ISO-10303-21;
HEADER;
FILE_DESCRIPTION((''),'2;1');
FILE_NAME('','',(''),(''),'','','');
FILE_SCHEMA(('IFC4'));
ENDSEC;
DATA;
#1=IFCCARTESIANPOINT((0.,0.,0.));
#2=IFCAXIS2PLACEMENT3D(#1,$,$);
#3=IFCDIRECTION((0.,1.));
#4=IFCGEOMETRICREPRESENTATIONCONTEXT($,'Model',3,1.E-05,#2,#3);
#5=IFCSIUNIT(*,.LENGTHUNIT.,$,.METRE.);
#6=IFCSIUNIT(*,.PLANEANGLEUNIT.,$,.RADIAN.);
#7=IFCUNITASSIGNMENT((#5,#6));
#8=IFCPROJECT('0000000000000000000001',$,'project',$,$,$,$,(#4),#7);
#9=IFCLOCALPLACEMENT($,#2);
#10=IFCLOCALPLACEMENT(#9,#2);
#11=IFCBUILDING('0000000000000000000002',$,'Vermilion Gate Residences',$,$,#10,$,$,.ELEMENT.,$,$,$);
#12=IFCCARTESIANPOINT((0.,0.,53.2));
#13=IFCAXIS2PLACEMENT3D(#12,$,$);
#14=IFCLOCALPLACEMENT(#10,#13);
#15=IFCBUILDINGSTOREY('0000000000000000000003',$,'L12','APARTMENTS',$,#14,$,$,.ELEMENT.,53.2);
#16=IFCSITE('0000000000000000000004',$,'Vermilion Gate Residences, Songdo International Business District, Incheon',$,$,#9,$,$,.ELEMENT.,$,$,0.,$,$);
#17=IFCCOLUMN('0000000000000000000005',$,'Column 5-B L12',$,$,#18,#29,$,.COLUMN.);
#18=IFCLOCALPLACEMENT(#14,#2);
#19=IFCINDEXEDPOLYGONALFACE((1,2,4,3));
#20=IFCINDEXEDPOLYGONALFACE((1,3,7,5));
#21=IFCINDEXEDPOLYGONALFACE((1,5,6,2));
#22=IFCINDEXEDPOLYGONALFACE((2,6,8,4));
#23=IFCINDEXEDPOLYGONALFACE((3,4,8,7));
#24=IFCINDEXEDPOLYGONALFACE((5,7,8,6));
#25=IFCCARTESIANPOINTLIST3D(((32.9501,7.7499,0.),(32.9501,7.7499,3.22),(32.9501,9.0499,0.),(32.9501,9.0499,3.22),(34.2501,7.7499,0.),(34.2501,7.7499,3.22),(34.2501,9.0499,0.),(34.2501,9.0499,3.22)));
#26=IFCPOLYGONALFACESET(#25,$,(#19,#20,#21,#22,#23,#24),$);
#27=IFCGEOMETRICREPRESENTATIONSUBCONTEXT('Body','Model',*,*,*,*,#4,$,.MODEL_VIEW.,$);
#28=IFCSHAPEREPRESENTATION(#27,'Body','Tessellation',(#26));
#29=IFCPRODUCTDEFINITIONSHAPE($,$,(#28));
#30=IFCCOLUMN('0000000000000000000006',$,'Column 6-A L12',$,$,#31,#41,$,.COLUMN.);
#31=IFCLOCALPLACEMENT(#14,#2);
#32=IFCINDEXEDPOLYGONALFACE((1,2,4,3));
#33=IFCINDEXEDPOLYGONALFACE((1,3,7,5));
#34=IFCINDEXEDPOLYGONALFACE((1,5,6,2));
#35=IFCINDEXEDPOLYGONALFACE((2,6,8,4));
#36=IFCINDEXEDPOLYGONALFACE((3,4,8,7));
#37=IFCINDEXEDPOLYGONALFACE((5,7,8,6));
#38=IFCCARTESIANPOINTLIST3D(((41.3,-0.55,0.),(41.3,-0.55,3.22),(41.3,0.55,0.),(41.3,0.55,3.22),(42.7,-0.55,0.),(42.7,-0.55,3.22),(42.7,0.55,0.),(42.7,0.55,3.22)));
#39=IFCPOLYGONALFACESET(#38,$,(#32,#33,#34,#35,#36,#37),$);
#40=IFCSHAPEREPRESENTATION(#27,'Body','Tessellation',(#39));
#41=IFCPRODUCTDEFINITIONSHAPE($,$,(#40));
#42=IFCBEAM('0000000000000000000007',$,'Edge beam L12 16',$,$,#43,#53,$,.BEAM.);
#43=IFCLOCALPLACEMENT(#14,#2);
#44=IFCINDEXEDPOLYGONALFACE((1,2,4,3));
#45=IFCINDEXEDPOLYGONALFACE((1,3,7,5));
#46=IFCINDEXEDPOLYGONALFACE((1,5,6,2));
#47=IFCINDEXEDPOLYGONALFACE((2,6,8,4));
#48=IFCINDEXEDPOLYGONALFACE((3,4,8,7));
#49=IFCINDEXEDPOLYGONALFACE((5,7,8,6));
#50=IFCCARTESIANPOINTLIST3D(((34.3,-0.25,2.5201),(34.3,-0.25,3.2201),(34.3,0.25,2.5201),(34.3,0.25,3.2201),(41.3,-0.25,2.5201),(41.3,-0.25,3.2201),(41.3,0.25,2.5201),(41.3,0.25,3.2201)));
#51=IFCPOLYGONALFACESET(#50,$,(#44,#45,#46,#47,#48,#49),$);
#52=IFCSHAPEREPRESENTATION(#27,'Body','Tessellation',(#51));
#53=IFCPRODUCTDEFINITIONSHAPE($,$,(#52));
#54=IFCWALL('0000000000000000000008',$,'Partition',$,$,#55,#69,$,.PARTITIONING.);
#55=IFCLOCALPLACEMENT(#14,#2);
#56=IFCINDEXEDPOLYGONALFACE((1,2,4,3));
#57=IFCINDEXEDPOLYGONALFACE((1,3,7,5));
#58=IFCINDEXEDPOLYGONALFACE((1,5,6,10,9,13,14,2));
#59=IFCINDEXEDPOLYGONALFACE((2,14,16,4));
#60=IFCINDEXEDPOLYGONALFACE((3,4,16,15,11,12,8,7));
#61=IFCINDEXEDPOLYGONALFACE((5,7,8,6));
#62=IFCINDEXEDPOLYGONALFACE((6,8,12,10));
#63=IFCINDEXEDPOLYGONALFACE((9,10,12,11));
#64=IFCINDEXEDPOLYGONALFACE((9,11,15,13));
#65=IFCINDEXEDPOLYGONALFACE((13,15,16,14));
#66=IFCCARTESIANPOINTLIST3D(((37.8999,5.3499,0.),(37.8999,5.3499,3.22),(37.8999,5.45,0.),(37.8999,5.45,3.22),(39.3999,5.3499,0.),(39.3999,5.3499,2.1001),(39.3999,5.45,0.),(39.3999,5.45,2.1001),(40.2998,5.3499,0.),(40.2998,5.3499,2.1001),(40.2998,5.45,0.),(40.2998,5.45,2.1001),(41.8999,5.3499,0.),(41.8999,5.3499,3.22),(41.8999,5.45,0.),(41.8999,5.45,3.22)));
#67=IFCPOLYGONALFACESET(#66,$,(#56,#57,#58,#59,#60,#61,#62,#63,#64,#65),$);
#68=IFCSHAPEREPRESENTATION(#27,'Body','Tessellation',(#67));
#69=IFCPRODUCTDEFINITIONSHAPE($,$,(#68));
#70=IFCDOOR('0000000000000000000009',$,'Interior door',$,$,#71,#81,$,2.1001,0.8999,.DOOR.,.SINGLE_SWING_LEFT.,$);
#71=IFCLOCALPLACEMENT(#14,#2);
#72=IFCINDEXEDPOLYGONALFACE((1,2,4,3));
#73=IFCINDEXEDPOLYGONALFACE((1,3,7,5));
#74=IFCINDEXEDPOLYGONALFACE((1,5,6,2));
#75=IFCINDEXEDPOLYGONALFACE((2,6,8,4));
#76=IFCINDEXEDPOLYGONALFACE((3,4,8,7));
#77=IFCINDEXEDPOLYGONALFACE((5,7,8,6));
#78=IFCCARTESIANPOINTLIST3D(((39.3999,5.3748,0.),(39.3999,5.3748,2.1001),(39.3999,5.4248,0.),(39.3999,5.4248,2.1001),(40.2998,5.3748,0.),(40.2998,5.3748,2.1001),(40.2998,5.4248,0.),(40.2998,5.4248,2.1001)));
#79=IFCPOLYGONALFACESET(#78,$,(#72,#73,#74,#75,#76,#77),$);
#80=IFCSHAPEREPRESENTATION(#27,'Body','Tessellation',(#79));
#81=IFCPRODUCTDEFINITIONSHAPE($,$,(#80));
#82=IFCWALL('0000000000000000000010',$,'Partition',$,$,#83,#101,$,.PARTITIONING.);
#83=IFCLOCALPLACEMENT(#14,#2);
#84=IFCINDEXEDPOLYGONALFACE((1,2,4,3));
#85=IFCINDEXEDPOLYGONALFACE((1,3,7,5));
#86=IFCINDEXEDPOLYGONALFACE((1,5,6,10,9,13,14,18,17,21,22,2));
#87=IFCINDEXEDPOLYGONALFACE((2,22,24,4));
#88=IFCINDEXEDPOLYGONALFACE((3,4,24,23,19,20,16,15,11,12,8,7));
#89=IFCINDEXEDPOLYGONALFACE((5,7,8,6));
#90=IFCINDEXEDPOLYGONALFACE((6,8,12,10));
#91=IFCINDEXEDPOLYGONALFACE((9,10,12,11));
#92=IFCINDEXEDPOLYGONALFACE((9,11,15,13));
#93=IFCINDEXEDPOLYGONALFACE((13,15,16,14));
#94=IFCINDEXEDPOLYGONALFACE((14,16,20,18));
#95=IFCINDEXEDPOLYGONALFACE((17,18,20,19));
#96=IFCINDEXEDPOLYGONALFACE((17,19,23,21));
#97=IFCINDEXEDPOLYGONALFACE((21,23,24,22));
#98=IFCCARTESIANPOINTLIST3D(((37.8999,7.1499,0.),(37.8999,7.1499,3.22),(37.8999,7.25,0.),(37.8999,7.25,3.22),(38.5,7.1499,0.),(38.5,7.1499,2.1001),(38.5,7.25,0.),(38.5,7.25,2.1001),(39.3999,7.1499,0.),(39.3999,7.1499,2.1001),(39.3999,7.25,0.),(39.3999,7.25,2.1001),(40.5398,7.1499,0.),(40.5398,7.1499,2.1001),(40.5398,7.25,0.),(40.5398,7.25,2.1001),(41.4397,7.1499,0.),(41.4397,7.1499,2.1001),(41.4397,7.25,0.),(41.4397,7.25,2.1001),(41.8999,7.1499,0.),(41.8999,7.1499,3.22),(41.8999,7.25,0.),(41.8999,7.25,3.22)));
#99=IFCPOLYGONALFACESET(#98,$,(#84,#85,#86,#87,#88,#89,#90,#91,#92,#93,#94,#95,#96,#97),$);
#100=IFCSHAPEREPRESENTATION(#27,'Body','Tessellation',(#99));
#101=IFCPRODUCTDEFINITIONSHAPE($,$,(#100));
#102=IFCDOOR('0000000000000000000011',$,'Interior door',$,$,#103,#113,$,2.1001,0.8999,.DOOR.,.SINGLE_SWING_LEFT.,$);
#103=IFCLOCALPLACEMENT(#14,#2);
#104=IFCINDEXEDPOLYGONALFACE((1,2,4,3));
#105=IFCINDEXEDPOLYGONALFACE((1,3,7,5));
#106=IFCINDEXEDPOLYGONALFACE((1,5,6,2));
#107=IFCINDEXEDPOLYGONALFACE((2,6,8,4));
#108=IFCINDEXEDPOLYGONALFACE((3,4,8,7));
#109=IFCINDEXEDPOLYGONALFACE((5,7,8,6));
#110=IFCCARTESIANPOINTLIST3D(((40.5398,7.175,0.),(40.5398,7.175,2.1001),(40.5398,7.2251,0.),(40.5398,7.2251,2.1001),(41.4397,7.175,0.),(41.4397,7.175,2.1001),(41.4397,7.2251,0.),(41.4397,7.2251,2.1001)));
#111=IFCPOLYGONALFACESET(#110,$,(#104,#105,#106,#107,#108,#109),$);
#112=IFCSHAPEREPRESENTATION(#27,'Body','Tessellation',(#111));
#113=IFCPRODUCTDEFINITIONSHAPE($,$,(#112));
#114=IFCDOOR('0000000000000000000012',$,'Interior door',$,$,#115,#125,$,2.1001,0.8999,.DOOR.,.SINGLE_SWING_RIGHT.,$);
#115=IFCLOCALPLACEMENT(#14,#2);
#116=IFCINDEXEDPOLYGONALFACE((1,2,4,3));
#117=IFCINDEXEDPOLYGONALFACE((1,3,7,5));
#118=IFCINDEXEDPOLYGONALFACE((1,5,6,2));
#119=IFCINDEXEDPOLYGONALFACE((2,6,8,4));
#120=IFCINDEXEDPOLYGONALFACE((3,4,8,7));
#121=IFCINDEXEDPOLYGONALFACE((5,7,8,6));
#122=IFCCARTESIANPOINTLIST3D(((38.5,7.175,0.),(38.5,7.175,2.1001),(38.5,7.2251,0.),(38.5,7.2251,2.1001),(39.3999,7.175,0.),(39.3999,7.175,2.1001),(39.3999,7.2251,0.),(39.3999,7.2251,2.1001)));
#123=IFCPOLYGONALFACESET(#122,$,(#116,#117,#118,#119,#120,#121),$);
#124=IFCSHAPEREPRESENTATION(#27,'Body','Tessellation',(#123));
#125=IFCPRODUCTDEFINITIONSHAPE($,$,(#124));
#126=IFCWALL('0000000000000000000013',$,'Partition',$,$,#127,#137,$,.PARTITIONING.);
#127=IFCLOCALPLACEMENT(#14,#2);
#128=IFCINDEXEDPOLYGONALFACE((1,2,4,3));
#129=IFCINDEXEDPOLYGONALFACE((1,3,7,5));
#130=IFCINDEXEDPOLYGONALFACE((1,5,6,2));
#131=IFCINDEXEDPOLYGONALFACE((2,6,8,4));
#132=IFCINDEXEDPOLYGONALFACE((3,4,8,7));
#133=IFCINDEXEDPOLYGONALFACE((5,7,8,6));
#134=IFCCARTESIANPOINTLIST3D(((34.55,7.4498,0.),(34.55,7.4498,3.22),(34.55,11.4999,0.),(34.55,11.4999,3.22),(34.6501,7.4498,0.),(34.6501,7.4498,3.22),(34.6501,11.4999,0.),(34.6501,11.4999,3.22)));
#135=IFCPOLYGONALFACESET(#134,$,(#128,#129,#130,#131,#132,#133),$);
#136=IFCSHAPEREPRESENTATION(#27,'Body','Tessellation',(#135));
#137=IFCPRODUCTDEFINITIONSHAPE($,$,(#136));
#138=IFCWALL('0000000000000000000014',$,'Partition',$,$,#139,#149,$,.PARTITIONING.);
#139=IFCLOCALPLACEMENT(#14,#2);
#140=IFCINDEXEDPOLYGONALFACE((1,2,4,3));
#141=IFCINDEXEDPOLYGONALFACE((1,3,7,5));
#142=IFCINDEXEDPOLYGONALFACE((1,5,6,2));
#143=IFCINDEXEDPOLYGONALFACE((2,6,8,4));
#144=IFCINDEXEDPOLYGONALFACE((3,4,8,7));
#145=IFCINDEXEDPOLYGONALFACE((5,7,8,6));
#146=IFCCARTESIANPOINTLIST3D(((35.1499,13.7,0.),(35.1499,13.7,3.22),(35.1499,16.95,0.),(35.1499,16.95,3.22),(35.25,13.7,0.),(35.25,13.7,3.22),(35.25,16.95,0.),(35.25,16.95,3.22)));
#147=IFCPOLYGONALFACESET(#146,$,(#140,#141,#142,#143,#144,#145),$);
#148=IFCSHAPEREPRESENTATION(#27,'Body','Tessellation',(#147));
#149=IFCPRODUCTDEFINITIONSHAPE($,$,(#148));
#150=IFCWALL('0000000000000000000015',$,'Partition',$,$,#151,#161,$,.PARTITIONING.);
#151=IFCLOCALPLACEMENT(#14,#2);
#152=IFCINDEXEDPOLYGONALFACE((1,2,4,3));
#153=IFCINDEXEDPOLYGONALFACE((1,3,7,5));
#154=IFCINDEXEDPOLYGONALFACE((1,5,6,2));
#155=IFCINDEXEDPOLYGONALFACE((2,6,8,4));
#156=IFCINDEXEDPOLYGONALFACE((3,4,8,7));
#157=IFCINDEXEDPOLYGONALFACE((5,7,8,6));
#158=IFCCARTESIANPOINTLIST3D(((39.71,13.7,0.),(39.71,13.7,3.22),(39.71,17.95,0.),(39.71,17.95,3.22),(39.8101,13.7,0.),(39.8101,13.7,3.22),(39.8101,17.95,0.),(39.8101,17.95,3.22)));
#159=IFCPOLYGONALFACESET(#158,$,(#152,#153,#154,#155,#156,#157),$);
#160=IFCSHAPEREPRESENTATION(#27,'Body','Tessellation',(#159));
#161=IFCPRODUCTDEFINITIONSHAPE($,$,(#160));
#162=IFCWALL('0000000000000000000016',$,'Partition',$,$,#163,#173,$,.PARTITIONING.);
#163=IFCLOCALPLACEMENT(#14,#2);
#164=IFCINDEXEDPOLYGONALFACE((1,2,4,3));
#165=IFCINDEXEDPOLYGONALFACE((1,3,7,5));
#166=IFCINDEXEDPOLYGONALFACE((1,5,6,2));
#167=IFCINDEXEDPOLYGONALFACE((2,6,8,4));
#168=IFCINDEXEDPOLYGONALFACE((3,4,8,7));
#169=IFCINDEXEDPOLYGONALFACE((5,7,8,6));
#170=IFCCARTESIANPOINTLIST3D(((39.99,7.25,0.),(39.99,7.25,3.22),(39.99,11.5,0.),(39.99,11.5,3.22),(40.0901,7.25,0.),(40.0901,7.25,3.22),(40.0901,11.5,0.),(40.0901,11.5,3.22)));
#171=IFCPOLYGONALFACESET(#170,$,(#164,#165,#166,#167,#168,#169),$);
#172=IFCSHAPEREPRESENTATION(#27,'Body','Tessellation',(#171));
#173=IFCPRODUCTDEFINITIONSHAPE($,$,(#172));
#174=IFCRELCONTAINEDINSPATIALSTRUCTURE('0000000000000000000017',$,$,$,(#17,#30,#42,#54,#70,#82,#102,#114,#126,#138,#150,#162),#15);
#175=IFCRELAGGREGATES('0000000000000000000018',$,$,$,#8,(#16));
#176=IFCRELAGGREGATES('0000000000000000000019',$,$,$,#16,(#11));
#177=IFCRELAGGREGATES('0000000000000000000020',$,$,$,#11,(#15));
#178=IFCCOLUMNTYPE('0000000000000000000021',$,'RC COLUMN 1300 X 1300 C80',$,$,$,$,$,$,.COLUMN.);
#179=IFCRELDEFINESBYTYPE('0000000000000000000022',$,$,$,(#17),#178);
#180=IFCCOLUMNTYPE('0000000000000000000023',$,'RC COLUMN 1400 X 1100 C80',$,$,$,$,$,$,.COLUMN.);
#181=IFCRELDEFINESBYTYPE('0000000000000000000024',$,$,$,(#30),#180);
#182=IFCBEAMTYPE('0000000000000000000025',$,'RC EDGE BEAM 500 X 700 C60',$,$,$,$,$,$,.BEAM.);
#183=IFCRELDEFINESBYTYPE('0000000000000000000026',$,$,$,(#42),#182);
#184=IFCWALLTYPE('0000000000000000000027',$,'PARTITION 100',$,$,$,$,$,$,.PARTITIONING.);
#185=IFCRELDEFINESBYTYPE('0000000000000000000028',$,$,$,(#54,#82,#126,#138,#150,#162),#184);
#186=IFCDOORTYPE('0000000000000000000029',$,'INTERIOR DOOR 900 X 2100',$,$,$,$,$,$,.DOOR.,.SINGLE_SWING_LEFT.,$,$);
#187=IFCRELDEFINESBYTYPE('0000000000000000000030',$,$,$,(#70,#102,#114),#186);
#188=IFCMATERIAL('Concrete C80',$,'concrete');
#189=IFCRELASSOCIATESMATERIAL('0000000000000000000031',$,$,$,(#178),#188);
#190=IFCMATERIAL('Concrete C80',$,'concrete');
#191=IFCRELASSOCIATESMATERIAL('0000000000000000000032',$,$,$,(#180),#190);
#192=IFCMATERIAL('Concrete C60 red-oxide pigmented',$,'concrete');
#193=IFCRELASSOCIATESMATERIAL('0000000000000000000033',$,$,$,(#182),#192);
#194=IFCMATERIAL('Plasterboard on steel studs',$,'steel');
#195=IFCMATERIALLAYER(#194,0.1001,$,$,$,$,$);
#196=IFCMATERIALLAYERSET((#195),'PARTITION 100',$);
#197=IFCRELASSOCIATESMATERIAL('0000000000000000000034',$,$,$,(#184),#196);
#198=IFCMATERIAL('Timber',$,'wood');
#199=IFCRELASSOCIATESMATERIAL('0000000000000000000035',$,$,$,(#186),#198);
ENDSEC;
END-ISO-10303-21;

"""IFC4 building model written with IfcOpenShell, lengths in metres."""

from ifc_helpers import new_model, si_unit, direction, frame, frame_2d, origin, origin_2d, place, context, subcontext, project, spatial, rectangle, extrude, material, layer, layer_set, material_profile, profile_set, type_object, element, fill, save


model = new_model("IFC4")

# Units and contexts
model_context = context("Model", 3, precision=1e-05, world=origin(), true_north=direction((0.0, 1.0)))
body_context = subcontext(model_context, "Body", "Model", "MODEL_VIEW")
ifc_project = project(units=[si_unit("LENGTHUNIT", "METRE"), si_unit("PLANEANGLEUNIT", "RADIAN")], contexts=[model_context])

# Site, building, storey
site_placement = place(None, origin())
site = spatial("IfcSite", under=ifc_project, at=site_placement, Name="Vermilion Gate Residences, Songdo International Business District, Incheon", CompositionType="ELEMENT", RefElevation=0.0)
building_placement = place(site_placement, origin())
building = spatial("IfcBuilding", under=site, at=building_placement, Name="Vermilion Gate Residences", CompositionType="ELEMENT")
storey_placement = place(building_placement, frame((0.0, 0.0, 53.2)))
storey = spatial("IfcBuildingStorey", under=building, at=storey_placement, Name="L12", Description="APARTMENTS", CompositionType="ELEMENT", Elevation=53.2)

# Columns
ifc_material_1 = material(Name="Concrete C80", Category="concrete")
ifc_material_profile_1 = material_profile(ifc_material_1, rectangle(XDim=1.3, YDim=1.3, at=origin_2d()), Name="RC-1300x1300")
ifc_profile_set_1 = profile_set([ifc_material_profile_1], Name="Concrete C80")
column_type_1 = type_object("IfcColumnType", Name="RC COLUMN 1300 X 1300 C80", PredefinedType="COLUMN", material=ifc_profile_set_1)
column_1_placement = place(storey_placement, frame((33.6001, 8.3999, 0.0), z_axis=(0.0, 0.0, 1.0), x_axis=(1.0, 0.0, 0.0)))
element("IfcColumn", 1, at=column_1_placement, inside=storey, type_object=column_type_1, Name="Column 5-B L12", PredefinedType="COLUMN", context=body_context, shape_type="SweptSolid", body=[
    extrude(rectangle(XDim=1.3, YDim=1.3, at=origin_2d()), origin(), (0.0, 0.0, 1.0), 3.22),
])
ifc_material_2 = material(Name="Concrete C80", Category="concrete")
ifc_material_profile_2 = material_profile(ifc_material_2, rectangle(XDim=1.3999, YDim=1.1001, at=origin_2d()), Name="RC-1400x1100")
ifc_profile_set_2 = profile_set([ifc_material_profile_2], Name="Concrete C80")
column_type_2 = type_object("IfcColumnType", Name="RC COLUMN 1400 X 1100 C80", PredefinedType="COLUMN", material=ifc_profile_set_2)
column_2_placement = place(storey_placement, frame((42.0, 0.0, 0.0), z_axis=(0.0, 0.0, 1.0), x_axis=(1.0, 0.0, 0.0)))
element("IfcColumn", 2, at=column_2_placement, inside=storey, type_object=column_type_2, Name="Column 6-A L12", PredefinedType="COLUMN", context=body_context, shape_type="SweptSolid", body=[
    extrude(rectangle(XDim=1.3999, YDim=1.1001, at=origin_2d()), origin(), (0.0, 0.0, 1.0), 3.22),
])

# Beam
ifc_material_3 = material(Name="Concrete C60 red-oxide pigmented", Category="concrete")
ifc_material_profile_3 = material_profile(ifc_material_3, rectangle(XDim=0.5, YDim=0.7, at=origin_2d()), Name="RC-500x700")
ifc_profile_set_3 = profile_set([ifc_material_profile_3], Name="Concrete C60 red-oxide pigmented")
beam_type = type_object("IfcBeamType", Name="RC EDGE BEAM 500 X 700 C60", PredefinedType="BEAM", material=ifc_profile_set_3)
beam_placement = place(storey_placement, frame((34.3, 0.0, 2.8701), z_axis=(1.0, 0.0, 0.0), x_axis=(0.0, 1.0, 0.0)))
element("IfcBeam", 3, at=beam_placement, inside=storey, type_object=beam_type, Name="Edge beam L12 16", PredefinedType="BEAM", context=body_context, shape_type="SweptSolid", body=[
    extrude(rectangle(XDim=0.5, YDim=0.7, at=origin_2d()), origin(), (0.0, 0.0, 1.0), 7.0),
])

# Wall, opening, door
ifc_material_4 = material(Name="Plasterboard on steel studs", Category="steel")
ifc_layer_1 = layer(ifc_material_4, 0.1001)
ifc_layer_set_1 = layer_set([ifc_layer_1], Name="PARTITION 100")
wall_type_1 = type_object("IfcWallType", Name="PARTITION 100", PredefinedType="PARTITIONING", material=ifc_layer_set_1)
wall_1_placement = place(storey_placement, frame((37.8999, 5.3999, 0.0), z_axis=(0.0, 0.0, 1.0), x_axis=(1.0, 0.0, 0.0)))
wall_1 = element("IfcWall", 4, at=wall_1_placement, inside=storey, type_object=wall_type_1, Name="Partition", PredefinedType="PARTITIONING", context=body_context, shape_type="SweptSolid", body=[
    extrude(rectangle(XDim=4.0, YDim=0.1001, at=frame_2d((2.0, 0.0))), origin(), (0.0, 0.0, 1.0), 3.22),
])
opening_1_placement = place(wall_1_placement, frame((1.5, 0.0, 0.0)))
opening_1 = element("IfcOpeningElement", 5, at=opening_1_placement, cuts=wall_1, PredefinedType="OPENING", context=body_context, shape_type="SweptSolid", body=[
    extrude(rectangle(XDim=0.8999, YDim=2.1001, at=frame_2d((0.45, 1.05))), frame((0.0, 0.0601, 0.0), z_axis=(0.0, -1.0, 0.0), x_axis=(1.0, 0.0, 0.0)), (0.0, 0.0, 1.0), 0.1201),
])
ifc_material_5 = material(Name="Timber", Category="wood")
door_type = type_object("IfcDoorType", Name="INTERIOR DOOR 900 X 2100", OperationType="SINGLE_SWING_LEFT", PredefinedType="DOOR", material=ifc_material_5)
door_1_placement = place(opening_1_placement, origin())
door_1 = element("IfcDoor", 6, at=door_1_placement, inside=storey, type_object=door_type, Name="Interior door", OperationType="SINGLE_SWING_LEFT", OverallHeight=2.1001, OverallWidth=0.8999, PredefinedType="DOOR", context=body_context, shape_type="SweptSolid", body=[
    extrude(rectangle(XDim=0.8999, YDim=2.1001, at=frame_2d((0.45, 1.05))), frame((0.0, 0.0249, 0.0), z_axis=(0.0, -1.0, 0.0), x_axis=(1.0, 0.0, 0.0)), (0.0, 0.0, 1.0), 0.05),
])
fill(opening_1, door_1)

# Wall, openings, doors
wall_2_placement = place(storey_placement, frame((37.8999, 7.2, 0.0), z_axis=(0.0, 0.0, 1.0), x_axis=(1.0, 0.0, 0.0)))
wall_2 = element("IfcWall", 7, at=wall_2_placement, inside=storey, type_object=wall_type_1, Name="Partition", PredefinedType="PARTITIONING", context=body_context, shape_type="SweptSolid", body=[
    extrude(rectangle(XDim=4.0, YDim=0.1001, at=frame_2d((2.0, 0.0))), origin(), (0.0, 0.0, 1.0), 3.22),
])
opening_2_placement = place(wall_2_placement, frame((2.6399, 0.0, 0.0)))
opening_2 = element("IfcOpeningElement", 8, at=opening_2_placement, cuts=wall_2, PredefinedType="OPENING", context=body_context, shape_type="SweptSolid", body=[
    extrude(rectangle(XDim=0.8999, YDim=2.1001, at=frame_2d((0.45, 1.05))), frame((0.0, 0.0601, 0.0), z_axis=(0.0, -1.0, 0.0), x_axis=(1.0, 0.0, 0.0)), (0.0, 0.0, 1.0), 0.1201),
])
opening_3_placement = place(wall_2_placement, frame((0.6001, 0.0, 0.0)))
opening_3 = element("IfcOpeningElement", 9, at=opening_3_placement, cuts=wall_2, PredefinedType="OPENING", context=body_context, shape_type="SweptSolid", body=[
    extrude(rectangle(XDim=0.8999, YDim=2.1001, at=frame_2d((0.45, 1.05))), frame((0.0, 0.0601, 0.0), z_axis=(0.0, -1.0, 0.0), x_axis=(1.0, 0.0, 0.0)), (0.0, 0.0, 1.0), 0.1201),
])
door_2_placement = place(opening_2_placement, frame((0.8999, 0.0, 0.0), z_axis=(0.0, 0.0, 1.0), x_axis=(-1.0, 0.0, 0.0)))
door_2 = element("IfcDoor", 10, at=door_2_placement, inside=storey, type_object=door_type, Name="Interior door", OperationType="SINGLE_SWING_LEFT", OverallHeight=2.1001, OverallWidth=0.8999, PredefinedType="DOOR", context=body_context, shape_type="SweptSolid", body=[
    extrude(rectangle(XDim=0.8999, YDim=2.1001, at=frame_2d((0.45, 1.05))), frame((0.0, 0.0249, 0.0), z_axis=(0.0, -1.0, 0.0), x_axis=(1.0, 0.0, 0.0)), (0.0, 0.0, 1.0), 0.05),
])
fill(opening_2, door_2)
door_3_placement = place(opening_3_placement, frame((0.8999, 0.0, 0.0), z_axis=(0.0, 0.0, 1.0), x_axis=(-1.0, 0.0, 0.0)))
door_3 = element("IfcDoor", 11, at=door_3_placement, inside=storey, type_object=door_type, Name="Interior door", OperationType="SINGLE_SWING_RIGHT", OverallHeight=2.1001, OverallWidth=0.8999, PredefinedType="DOOR", context=body_context, shape_type="SweptSolid", body=[
    extrude(rectangle(XDim=0.8999, YDim=2.1001, at=frame_2d((0.45, 1.05))), frame((0.0, 0.0249, 0.0), z_axis=(0.0, -1.0, 0.0), x_axis=(1.0, 0.0, 0.0)), (0.0, 0.0, 1.0), 0.05),
])
fill(opening_3, door_3)

# Walls
wall_3_placement = place(storey_placement, frame((34.6001, 7.45, 0.0), z_axis=(0.0, 0.0, 1.0), x_axis=(0.0, 1.0, 0.0)))
element("IfcWall", 12, at=wall_3_placement, inside=storey, type_object=wall_type_1, Name="Partition", PredefinedType="PARTITIONING", context=body_context, shape_type="SweptSolid", body=[
    extrude(rectangle(XDim=4.05, YDim=0.1001, at=frame_2d((2.0249, 0.0))), origin(), (0.0, 0.0, 1.0), 3.22),
])
wall_4_placement = place(storey_placement, frame((35.2, 13.7, 0.0), z_axis=(0.0, 0.0, 1.0), x_axis=(0.0, 1.0, 0.0)))
element("IfcWall", 13, at=wall_4_placement, inside=storey, type_object=wall_type_1, Name="Partition", PredefinedType="PARTITIONING", context=body_context, shape_type="SweptSolid", body=[
    extrude(rectangle(XDim=3.25, YDim=0.1001, at=frame_2d((1.625, 0.0))), origin(), (0.0, 0.0, 1.0), 3.22),
])
for number, where, z_axis, x_axis, name in (
    (14, (39.76, 13.7, 0.0), (0.0, 0.0, 1.0), (0.0, 1.0, 0.0), "Partition"),
    (15, (40.04, 7.25, 0.0), (0.0, 0.0, 1.0), (0.0, 1.0, 0.0), "Partition"),
):
    element("IfcWall", number, at=place(storey_placement, frame(where, z_axis=z_axis, x_axis=x_axis)), inside=storey, type_object=wall_type_1, Name=name, PredefinedType="PARTITIONING", context=body_context, shape_type="SweptSolid", body=[
        extrude(rectangle(XDim=4.25, YDim=0.1001, at=frame_2d((2.125, 0.0))), origin(), (0.0, 0.0, 1.0), 3.22),
    ])

save(model, "model.ifc")
